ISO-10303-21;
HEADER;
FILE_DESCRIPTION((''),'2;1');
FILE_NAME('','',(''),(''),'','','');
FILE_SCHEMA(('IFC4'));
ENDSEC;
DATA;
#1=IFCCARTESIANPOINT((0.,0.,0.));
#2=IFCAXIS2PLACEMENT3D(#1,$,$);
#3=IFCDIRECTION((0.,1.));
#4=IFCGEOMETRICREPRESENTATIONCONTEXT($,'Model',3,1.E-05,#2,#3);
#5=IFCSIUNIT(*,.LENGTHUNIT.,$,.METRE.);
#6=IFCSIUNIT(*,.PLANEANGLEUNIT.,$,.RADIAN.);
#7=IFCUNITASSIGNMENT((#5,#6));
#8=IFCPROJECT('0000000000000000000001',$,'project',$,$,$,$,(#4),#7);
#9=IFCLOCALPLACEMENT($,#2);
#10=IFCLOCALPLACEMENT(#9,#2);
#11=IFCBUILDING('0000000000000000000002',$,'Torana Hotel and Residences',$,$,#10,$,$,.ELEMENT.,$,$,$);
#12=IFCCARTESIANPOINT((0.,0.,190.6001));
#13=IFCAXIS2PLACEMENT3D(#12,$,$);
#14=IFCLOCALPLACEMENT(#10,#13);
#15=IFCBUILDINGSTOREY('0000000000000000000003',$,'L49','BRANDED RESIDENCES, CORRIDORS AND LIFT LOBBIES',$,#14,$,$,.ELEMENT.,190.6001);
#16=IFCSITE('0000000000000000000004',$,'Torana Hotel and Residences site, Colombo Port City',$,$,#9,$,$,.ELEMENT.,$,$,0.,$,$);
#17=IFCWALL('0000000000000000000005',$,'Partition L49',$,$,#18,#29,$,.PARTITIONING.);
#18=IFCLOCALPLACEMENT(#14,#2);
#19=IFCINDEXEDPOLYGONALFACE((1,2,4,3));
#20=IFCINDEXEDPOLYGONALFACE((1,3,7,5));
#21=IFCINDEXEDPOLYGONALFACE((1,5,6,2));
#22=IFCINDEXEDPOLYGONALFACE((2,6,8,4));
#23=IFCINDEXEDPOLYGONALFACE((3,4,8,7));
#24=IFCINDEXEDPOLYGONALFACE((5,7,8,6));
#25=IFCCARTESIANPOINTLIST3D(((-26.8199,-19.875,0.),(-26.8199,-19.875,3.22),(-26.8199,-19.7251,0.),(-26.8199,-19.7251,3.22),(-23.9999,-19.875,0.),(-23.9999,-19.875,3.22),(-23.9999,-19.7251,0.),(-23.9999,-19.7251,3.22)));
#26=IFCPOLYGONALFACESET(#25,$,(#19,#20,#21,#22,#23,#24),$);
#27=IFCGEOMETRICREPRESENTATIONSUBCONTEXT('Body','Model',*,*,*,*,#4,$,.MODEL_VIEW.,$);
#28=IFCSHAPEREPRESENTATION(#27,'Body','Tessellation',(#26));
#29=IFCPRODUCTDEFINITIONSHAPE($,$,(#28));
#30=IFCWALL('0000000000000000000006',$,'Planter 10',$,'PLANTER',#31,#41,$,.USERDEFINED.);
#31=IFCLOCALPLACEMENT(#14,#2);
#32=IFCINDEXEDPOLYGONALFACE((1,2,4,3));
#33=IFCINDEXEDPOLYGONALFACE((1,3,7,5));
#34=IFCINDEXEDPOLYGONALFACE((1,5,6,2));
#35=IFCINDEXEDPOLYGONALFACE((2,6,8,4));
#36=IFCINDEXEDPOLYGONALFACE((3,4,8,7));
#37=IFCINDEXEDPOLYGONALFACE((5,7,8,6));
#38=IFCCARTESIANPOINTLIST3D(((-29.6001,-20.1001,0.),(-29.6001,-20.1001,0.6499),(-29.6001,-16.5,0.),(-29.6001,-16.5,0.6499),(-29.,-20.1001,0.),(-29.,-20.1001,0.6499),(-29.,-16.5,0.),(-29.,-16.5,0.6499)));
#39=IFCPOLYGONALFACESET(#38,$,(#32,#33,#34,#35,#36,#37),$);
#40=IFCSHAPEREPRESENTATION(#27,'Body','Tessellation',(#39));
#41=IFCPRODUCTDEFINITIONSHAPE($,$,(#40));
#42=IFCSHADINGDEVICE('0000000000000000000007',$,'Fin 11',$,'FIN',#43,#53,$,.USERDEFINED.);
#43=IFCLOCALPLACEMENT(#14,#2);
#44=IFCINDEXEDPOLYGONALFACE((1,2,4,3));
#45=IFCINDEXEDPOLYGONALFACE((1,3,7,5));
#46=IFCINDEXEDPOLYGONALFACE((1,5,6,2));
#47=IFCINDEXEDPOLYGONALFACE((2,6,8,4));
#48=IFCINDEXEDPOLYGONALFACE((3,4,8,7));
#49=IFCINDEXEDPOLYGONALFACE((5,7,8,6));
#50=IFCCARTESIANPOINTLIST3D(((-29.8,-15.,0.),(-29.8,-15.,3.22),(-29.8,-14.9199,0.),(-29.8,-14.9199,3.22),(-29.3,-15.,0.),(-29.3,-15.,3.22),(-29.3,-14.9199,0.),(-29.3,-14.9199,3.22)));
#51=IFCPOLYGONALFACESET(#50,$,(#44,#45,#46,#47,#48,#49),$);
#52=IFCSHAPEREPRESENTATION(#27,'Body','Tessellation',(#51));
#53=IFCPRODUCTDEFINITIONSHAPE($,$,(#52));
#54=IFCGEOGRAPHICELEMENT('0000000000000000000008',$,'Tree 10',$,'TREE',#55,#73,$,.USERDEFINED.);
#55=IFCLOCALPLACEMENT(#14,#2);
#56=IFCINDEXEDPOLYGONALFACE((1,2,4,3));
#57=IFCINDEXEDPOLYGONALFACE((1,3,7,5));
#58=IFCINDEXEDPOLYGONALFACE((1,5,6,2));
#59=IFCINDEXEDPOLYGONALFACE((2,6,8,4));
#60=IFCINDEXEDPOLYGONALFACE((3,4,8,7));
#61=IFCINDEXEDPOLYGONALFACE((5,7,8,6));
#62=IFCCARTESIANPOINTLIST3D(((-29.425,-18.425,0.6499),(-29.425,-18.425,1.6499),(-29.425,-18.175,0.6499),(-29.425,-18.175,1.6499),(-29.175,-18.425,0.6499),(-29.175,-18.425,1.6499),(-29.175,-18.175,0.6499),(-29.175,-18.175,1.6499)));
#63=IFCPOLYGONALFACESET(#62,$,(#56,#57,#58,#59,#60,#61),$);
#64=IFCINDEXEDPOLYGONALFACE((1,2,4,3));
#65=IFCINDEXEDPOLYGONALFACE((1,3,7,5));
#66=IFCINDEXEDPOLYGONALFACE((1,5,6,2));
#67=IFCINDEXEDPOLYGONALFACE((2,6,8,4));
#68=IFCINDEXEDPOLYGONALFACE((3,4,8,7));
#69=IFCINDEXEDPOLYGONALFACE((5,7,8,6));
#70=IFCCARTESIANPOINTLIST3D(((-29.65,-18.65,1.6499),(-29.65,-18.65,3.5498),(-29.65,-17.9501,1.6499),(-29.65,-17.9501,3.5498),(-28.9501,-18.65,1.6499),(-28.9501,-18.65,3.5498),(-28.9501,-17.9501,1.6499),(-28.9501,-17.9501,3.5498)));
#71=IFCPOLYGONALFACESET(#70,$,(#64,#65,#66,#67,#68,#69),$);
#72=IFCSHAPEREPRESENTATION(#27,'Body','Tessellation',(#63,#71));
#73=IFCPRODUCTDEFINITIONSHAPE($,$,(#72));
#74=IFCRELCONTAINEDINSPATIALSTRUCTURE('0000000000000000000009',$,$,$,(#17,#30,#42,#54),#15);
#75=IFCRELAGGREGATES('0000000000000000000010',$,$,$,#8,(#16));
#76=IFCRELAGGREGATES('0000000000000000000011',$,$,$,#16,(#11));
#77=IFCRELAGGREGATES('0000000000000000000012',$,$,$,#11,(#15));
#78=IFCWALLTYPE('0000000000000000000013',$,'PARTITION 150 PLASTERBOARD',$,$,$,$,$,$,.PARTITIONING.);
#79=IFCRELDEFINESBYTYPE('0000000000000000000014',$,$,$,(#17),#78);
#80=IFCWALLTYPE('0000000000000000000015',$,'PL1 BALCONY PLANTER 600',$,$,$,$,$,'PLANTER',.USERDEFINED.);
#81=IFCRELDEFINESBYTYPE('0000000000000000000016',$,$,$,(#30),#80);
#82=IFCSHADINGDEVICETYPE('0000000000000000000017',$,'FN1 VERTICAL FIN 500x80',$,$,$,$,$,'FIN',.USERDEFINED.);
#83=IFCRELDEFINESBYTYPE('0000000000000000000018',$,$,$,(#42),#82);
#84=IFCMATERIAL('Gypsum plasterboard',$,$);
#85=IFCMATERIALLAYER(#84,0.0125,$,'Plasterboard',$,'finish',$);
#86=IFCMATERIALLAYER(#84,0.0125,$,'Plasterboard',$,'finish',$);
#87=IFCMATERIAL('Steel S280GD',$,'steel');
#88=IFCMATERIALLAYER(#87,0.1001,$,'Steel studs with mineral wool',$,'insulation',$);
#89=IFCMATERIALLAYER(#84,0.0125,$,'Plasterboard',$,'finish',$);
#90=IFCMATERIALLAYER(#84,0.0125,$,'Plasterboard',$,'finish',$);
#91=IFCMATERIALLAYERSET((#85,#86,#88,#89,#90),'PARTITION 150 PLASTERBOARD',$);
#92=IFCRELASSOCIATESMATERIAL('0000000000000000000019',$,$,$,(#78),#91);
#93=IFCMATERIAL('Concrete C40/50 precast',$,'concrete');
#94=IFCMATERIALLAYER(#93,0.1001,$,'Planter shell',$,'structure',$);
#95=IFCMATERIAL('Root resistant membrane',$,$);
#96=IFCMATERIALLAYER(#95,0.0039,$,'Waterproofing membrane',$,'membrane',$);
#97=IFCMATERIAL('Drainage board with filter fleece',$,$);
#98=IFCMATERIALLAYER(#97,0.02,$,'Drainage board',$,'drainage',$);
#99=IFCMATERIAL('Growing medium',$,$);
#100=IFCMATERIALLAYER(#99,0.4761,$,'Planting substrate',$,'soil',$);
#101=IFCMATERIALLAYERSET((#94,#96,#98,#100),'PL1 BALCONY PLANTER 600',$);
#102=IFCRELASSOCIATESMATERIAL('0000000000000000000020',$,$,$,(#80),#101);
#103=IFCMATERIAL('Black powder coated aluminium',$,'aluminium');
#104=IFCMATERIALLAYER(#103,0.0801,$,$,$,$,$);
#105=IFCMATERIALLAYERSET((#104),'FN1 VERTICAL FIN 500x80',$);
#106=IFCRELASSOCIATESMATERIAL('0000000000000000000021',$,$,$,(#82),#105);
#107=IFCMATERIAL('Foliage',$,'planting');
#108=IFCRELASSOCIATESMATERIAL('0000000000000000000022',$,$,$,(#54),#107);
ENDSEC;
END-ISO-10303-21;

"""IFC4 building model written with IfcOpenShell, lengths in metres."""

from ifc_helpers import new_model, si_unit, direction, frame, frame_2d, origin, origin_2d, place, context, subcontext, project, spatial, rectangle, extrude, material, layer, layer_set, type_object, element, save


model = new_model("IFC4")

# Units and contexts
model_context = context("Model", 3, precision=1e-05, world=origin(), true_north=direction((0.0, 1.0)))
body_context = subcontext(model_context, "Body", "Model", "MODEL_VIEW")
ifc_project = project(units=[si_unit("LENGTHUNIT", "METRE"), si_unit("PLANEANGLEUNIT", "RADIAN")], contexts=[model_context])

# Site, building, storey
site_placement = place(None, origin())
site = spatial("IfcSite", under=ifc_project, at=site_placement, Name="Torana Hotel and Residences site, Colombo Port City", CompositionType="ELEMENT", RefElevation=0.0)
building_placement = place(site_placement, origin())
building = spatial("IfcBuilding", under=site, at=building_placement, Name="Torana Hotel and Residences", CompositionType="ELEMENT")
storey_placement = place(building_placement, frame((0.0, 0.0, 190.6001)))
storey = spatial("IfcBuildingStorey", under=building, at=storey_placement, Name="L49", Description="BRANDED RESIDENCES, CORRIDORS AND LIFT LOBBIES", CompositionType="ELEMENT", Elevation=190.6001)

# Walls
ifc_material_1 = material(Name="Gypsum plasterboard")
ifc_layer_1 = layer(ifc_material_1, 0.0125, Name="Plasterboard", Category="finish")
ifc_layer_2 = layer(ifc_material_1, 0.0125, Name="Plasterboard", Category="finish")
ifc_material_2 = material(Name="Steel S280GD", Category="steel")
ifc_layer_3 = layer(ifc_material_2, 0.1001, Name="Steel studs with mineral wool", Category="insulation")
ifc_layer_4 = layer(ifc_material_1, 0.0125, Name="Plasterboard", Category="finish")
ifc_layer_5 = layer(ifc_material_1, 0.0125, Name="Plasterboard", Category="finish")
ifc_layer_set_1 = layer_set([ifc_layer_1, ifc_layer_2, ifc_layer_3, ifc_layer_4, ifc_layer_5], Name="PARTITION 150 PLASTERBOARD")
wall_type_1 = type_object("IfcWallType", Name="PARTITION 150 PLASTERBOARD", PredefinedType="PARTITIONING", material=ifc_layer_set_1)
wall_1_placement = place(storey_placement, frame((-26.8201, -19.8, 0.0), z_axis=(0.0, 0.0, 1.0), x_axis=(1.0, 0.0, 0.0)))
element("IfcWall", 1, at=wall_1_placement, inside=storey, type_object=wall_type_1, Name="Partition L49", PredefinedType="PARTITIONING", context=body_context, shape_type="SweptSolid", body=[
    extrude(rectangle(XDim=2.8201, YDim=0.1499, at=frame_2d((1.4102, 0.0))), origin(), (0.0, 0.0, 1.0), 3.22),
])
ifc_material_3 = material(Name="Concrete C40/50 precast", Category="concrete")
ifc_layer_6 = layer(ifc_material_3, 0.1001, Name="Planter shell", Category="structure")
ifc_material_4 = material(Name="Root resistant membrane")
ifc_layer_7 = layer(ifc_material_4, 0.0039, Name="Waterproofing membrane", Category="membrane")
ifc_material_5 = material(Name="Drainage board with filter fleece")
ifc_layer_8 = layer(ifc_material_5, 0.02, Name="Drainage board", Category="drainage")
ifc_material_6 = material(Name="Growing medium")
ifc_layer_9 = layer(ifc_material_6, 0.4761, Name="Planting substrate", Category="soil")
ifc_layer_set_2 = layer_set([ifc_layer_6, ifc_layer_7, ifc_layer_8, ifc_layer_9], Name="PL1 BALCONY PLANTER 600")
wall_type_2 = type_object("IfcWallType", Name="PL1 BALCONY PLANTER 600", ElementType="PLANTER", PredefinedType="USERDEFINED", material=ifc_layer_set_2)
wall_2_placement = place(storey_placement, frame((-29.3, -20.1001, 0.0), z_axis=(0.0, 0.0, 1.0), x_axis=(0.0, 1.0, 0.0)))
element("IfcWall", 2, at=wall_2_placement, inside=storey, type_object=wall_type_2, Name="Planter 10", ObjectType="PLANTER", PredefinedType="USERDEFINED", context=body_context, shape_type="SweptSolid", body=[
    extrude(rectangle(XDim=3.6001, YDim=0.6001, at=frame_2d((1.8, 0.0))), origin(), (0.0, 0.0, 1.0), 0.6499),
])

# Shading device
ifc_material_7 = material(Name="Black powder coated aluminium", Category="aluminium")
ifc_layer_10 = layer(ifc_material_7, 0.0801)
ifc_layer_set_3 = layer_set([ifc_layer_10], Name="FN1 VERTICAL FIN 500x80")
shading_device_type = type_object("IfcShadingDeviceType", Name="FN1 VERTICAL FIN 500x80", ElementType="FIN", PredefinedType="USERDEFINED", material=ifc_layer_set_3)
shading_device_placement = place(storey_placement, frame((-29.55, -14.96, 0.0), z_axis=(0.0, 0.0, 1.0), x_axis=(0.0, 1.0, 0.0)))
element("IfcShadingDevice", 3, at=shading_device_placement, inside=storey, type_object=shading_device_type, Name="Fin 11", ObjectType="FIN", PredefinedType="USERDEFINED", context=body_context, shape_type="SweptSolid", body=[
    extrude(rectangle(XDim=0.0801, YDim=0.5, at=origin_2d()), origin(), (0.0, 0.0, 1.0), 3.22),
])

# Geographic element
ifc_material_8 = material(Name="Foliage", Category="planting")
geographic_element_placement = place(storey_placement, frame((-29.3, -18.3, 0.6499), z_axis=(0.0, 0.0, 1.0), x_axis=(1.0, 0.0, 0.0)))
element("IfcGeographicElement", 4, at=geographic_element_placement, inside=storey, material=ifc_material_8, Name="Tree 10", ObjectType="TREE", PredefinedType="USERDEFINED", context=body_context, shape_type="SweptSolid", body=[
    extrude(rectangle(XDim=0.25, YDim=0.25, at=origin_2d()), origin(), (0.0, 0.0, 1.0), 1.0),
    extrude(rectangle(XDim=0.7, YDim=0.7, at=origin_2d()), frame((0.0, 0.0, 1.0)), (0.0, 0.0, 1.0), 1.8999),
])

save(model, "model.ifc")
